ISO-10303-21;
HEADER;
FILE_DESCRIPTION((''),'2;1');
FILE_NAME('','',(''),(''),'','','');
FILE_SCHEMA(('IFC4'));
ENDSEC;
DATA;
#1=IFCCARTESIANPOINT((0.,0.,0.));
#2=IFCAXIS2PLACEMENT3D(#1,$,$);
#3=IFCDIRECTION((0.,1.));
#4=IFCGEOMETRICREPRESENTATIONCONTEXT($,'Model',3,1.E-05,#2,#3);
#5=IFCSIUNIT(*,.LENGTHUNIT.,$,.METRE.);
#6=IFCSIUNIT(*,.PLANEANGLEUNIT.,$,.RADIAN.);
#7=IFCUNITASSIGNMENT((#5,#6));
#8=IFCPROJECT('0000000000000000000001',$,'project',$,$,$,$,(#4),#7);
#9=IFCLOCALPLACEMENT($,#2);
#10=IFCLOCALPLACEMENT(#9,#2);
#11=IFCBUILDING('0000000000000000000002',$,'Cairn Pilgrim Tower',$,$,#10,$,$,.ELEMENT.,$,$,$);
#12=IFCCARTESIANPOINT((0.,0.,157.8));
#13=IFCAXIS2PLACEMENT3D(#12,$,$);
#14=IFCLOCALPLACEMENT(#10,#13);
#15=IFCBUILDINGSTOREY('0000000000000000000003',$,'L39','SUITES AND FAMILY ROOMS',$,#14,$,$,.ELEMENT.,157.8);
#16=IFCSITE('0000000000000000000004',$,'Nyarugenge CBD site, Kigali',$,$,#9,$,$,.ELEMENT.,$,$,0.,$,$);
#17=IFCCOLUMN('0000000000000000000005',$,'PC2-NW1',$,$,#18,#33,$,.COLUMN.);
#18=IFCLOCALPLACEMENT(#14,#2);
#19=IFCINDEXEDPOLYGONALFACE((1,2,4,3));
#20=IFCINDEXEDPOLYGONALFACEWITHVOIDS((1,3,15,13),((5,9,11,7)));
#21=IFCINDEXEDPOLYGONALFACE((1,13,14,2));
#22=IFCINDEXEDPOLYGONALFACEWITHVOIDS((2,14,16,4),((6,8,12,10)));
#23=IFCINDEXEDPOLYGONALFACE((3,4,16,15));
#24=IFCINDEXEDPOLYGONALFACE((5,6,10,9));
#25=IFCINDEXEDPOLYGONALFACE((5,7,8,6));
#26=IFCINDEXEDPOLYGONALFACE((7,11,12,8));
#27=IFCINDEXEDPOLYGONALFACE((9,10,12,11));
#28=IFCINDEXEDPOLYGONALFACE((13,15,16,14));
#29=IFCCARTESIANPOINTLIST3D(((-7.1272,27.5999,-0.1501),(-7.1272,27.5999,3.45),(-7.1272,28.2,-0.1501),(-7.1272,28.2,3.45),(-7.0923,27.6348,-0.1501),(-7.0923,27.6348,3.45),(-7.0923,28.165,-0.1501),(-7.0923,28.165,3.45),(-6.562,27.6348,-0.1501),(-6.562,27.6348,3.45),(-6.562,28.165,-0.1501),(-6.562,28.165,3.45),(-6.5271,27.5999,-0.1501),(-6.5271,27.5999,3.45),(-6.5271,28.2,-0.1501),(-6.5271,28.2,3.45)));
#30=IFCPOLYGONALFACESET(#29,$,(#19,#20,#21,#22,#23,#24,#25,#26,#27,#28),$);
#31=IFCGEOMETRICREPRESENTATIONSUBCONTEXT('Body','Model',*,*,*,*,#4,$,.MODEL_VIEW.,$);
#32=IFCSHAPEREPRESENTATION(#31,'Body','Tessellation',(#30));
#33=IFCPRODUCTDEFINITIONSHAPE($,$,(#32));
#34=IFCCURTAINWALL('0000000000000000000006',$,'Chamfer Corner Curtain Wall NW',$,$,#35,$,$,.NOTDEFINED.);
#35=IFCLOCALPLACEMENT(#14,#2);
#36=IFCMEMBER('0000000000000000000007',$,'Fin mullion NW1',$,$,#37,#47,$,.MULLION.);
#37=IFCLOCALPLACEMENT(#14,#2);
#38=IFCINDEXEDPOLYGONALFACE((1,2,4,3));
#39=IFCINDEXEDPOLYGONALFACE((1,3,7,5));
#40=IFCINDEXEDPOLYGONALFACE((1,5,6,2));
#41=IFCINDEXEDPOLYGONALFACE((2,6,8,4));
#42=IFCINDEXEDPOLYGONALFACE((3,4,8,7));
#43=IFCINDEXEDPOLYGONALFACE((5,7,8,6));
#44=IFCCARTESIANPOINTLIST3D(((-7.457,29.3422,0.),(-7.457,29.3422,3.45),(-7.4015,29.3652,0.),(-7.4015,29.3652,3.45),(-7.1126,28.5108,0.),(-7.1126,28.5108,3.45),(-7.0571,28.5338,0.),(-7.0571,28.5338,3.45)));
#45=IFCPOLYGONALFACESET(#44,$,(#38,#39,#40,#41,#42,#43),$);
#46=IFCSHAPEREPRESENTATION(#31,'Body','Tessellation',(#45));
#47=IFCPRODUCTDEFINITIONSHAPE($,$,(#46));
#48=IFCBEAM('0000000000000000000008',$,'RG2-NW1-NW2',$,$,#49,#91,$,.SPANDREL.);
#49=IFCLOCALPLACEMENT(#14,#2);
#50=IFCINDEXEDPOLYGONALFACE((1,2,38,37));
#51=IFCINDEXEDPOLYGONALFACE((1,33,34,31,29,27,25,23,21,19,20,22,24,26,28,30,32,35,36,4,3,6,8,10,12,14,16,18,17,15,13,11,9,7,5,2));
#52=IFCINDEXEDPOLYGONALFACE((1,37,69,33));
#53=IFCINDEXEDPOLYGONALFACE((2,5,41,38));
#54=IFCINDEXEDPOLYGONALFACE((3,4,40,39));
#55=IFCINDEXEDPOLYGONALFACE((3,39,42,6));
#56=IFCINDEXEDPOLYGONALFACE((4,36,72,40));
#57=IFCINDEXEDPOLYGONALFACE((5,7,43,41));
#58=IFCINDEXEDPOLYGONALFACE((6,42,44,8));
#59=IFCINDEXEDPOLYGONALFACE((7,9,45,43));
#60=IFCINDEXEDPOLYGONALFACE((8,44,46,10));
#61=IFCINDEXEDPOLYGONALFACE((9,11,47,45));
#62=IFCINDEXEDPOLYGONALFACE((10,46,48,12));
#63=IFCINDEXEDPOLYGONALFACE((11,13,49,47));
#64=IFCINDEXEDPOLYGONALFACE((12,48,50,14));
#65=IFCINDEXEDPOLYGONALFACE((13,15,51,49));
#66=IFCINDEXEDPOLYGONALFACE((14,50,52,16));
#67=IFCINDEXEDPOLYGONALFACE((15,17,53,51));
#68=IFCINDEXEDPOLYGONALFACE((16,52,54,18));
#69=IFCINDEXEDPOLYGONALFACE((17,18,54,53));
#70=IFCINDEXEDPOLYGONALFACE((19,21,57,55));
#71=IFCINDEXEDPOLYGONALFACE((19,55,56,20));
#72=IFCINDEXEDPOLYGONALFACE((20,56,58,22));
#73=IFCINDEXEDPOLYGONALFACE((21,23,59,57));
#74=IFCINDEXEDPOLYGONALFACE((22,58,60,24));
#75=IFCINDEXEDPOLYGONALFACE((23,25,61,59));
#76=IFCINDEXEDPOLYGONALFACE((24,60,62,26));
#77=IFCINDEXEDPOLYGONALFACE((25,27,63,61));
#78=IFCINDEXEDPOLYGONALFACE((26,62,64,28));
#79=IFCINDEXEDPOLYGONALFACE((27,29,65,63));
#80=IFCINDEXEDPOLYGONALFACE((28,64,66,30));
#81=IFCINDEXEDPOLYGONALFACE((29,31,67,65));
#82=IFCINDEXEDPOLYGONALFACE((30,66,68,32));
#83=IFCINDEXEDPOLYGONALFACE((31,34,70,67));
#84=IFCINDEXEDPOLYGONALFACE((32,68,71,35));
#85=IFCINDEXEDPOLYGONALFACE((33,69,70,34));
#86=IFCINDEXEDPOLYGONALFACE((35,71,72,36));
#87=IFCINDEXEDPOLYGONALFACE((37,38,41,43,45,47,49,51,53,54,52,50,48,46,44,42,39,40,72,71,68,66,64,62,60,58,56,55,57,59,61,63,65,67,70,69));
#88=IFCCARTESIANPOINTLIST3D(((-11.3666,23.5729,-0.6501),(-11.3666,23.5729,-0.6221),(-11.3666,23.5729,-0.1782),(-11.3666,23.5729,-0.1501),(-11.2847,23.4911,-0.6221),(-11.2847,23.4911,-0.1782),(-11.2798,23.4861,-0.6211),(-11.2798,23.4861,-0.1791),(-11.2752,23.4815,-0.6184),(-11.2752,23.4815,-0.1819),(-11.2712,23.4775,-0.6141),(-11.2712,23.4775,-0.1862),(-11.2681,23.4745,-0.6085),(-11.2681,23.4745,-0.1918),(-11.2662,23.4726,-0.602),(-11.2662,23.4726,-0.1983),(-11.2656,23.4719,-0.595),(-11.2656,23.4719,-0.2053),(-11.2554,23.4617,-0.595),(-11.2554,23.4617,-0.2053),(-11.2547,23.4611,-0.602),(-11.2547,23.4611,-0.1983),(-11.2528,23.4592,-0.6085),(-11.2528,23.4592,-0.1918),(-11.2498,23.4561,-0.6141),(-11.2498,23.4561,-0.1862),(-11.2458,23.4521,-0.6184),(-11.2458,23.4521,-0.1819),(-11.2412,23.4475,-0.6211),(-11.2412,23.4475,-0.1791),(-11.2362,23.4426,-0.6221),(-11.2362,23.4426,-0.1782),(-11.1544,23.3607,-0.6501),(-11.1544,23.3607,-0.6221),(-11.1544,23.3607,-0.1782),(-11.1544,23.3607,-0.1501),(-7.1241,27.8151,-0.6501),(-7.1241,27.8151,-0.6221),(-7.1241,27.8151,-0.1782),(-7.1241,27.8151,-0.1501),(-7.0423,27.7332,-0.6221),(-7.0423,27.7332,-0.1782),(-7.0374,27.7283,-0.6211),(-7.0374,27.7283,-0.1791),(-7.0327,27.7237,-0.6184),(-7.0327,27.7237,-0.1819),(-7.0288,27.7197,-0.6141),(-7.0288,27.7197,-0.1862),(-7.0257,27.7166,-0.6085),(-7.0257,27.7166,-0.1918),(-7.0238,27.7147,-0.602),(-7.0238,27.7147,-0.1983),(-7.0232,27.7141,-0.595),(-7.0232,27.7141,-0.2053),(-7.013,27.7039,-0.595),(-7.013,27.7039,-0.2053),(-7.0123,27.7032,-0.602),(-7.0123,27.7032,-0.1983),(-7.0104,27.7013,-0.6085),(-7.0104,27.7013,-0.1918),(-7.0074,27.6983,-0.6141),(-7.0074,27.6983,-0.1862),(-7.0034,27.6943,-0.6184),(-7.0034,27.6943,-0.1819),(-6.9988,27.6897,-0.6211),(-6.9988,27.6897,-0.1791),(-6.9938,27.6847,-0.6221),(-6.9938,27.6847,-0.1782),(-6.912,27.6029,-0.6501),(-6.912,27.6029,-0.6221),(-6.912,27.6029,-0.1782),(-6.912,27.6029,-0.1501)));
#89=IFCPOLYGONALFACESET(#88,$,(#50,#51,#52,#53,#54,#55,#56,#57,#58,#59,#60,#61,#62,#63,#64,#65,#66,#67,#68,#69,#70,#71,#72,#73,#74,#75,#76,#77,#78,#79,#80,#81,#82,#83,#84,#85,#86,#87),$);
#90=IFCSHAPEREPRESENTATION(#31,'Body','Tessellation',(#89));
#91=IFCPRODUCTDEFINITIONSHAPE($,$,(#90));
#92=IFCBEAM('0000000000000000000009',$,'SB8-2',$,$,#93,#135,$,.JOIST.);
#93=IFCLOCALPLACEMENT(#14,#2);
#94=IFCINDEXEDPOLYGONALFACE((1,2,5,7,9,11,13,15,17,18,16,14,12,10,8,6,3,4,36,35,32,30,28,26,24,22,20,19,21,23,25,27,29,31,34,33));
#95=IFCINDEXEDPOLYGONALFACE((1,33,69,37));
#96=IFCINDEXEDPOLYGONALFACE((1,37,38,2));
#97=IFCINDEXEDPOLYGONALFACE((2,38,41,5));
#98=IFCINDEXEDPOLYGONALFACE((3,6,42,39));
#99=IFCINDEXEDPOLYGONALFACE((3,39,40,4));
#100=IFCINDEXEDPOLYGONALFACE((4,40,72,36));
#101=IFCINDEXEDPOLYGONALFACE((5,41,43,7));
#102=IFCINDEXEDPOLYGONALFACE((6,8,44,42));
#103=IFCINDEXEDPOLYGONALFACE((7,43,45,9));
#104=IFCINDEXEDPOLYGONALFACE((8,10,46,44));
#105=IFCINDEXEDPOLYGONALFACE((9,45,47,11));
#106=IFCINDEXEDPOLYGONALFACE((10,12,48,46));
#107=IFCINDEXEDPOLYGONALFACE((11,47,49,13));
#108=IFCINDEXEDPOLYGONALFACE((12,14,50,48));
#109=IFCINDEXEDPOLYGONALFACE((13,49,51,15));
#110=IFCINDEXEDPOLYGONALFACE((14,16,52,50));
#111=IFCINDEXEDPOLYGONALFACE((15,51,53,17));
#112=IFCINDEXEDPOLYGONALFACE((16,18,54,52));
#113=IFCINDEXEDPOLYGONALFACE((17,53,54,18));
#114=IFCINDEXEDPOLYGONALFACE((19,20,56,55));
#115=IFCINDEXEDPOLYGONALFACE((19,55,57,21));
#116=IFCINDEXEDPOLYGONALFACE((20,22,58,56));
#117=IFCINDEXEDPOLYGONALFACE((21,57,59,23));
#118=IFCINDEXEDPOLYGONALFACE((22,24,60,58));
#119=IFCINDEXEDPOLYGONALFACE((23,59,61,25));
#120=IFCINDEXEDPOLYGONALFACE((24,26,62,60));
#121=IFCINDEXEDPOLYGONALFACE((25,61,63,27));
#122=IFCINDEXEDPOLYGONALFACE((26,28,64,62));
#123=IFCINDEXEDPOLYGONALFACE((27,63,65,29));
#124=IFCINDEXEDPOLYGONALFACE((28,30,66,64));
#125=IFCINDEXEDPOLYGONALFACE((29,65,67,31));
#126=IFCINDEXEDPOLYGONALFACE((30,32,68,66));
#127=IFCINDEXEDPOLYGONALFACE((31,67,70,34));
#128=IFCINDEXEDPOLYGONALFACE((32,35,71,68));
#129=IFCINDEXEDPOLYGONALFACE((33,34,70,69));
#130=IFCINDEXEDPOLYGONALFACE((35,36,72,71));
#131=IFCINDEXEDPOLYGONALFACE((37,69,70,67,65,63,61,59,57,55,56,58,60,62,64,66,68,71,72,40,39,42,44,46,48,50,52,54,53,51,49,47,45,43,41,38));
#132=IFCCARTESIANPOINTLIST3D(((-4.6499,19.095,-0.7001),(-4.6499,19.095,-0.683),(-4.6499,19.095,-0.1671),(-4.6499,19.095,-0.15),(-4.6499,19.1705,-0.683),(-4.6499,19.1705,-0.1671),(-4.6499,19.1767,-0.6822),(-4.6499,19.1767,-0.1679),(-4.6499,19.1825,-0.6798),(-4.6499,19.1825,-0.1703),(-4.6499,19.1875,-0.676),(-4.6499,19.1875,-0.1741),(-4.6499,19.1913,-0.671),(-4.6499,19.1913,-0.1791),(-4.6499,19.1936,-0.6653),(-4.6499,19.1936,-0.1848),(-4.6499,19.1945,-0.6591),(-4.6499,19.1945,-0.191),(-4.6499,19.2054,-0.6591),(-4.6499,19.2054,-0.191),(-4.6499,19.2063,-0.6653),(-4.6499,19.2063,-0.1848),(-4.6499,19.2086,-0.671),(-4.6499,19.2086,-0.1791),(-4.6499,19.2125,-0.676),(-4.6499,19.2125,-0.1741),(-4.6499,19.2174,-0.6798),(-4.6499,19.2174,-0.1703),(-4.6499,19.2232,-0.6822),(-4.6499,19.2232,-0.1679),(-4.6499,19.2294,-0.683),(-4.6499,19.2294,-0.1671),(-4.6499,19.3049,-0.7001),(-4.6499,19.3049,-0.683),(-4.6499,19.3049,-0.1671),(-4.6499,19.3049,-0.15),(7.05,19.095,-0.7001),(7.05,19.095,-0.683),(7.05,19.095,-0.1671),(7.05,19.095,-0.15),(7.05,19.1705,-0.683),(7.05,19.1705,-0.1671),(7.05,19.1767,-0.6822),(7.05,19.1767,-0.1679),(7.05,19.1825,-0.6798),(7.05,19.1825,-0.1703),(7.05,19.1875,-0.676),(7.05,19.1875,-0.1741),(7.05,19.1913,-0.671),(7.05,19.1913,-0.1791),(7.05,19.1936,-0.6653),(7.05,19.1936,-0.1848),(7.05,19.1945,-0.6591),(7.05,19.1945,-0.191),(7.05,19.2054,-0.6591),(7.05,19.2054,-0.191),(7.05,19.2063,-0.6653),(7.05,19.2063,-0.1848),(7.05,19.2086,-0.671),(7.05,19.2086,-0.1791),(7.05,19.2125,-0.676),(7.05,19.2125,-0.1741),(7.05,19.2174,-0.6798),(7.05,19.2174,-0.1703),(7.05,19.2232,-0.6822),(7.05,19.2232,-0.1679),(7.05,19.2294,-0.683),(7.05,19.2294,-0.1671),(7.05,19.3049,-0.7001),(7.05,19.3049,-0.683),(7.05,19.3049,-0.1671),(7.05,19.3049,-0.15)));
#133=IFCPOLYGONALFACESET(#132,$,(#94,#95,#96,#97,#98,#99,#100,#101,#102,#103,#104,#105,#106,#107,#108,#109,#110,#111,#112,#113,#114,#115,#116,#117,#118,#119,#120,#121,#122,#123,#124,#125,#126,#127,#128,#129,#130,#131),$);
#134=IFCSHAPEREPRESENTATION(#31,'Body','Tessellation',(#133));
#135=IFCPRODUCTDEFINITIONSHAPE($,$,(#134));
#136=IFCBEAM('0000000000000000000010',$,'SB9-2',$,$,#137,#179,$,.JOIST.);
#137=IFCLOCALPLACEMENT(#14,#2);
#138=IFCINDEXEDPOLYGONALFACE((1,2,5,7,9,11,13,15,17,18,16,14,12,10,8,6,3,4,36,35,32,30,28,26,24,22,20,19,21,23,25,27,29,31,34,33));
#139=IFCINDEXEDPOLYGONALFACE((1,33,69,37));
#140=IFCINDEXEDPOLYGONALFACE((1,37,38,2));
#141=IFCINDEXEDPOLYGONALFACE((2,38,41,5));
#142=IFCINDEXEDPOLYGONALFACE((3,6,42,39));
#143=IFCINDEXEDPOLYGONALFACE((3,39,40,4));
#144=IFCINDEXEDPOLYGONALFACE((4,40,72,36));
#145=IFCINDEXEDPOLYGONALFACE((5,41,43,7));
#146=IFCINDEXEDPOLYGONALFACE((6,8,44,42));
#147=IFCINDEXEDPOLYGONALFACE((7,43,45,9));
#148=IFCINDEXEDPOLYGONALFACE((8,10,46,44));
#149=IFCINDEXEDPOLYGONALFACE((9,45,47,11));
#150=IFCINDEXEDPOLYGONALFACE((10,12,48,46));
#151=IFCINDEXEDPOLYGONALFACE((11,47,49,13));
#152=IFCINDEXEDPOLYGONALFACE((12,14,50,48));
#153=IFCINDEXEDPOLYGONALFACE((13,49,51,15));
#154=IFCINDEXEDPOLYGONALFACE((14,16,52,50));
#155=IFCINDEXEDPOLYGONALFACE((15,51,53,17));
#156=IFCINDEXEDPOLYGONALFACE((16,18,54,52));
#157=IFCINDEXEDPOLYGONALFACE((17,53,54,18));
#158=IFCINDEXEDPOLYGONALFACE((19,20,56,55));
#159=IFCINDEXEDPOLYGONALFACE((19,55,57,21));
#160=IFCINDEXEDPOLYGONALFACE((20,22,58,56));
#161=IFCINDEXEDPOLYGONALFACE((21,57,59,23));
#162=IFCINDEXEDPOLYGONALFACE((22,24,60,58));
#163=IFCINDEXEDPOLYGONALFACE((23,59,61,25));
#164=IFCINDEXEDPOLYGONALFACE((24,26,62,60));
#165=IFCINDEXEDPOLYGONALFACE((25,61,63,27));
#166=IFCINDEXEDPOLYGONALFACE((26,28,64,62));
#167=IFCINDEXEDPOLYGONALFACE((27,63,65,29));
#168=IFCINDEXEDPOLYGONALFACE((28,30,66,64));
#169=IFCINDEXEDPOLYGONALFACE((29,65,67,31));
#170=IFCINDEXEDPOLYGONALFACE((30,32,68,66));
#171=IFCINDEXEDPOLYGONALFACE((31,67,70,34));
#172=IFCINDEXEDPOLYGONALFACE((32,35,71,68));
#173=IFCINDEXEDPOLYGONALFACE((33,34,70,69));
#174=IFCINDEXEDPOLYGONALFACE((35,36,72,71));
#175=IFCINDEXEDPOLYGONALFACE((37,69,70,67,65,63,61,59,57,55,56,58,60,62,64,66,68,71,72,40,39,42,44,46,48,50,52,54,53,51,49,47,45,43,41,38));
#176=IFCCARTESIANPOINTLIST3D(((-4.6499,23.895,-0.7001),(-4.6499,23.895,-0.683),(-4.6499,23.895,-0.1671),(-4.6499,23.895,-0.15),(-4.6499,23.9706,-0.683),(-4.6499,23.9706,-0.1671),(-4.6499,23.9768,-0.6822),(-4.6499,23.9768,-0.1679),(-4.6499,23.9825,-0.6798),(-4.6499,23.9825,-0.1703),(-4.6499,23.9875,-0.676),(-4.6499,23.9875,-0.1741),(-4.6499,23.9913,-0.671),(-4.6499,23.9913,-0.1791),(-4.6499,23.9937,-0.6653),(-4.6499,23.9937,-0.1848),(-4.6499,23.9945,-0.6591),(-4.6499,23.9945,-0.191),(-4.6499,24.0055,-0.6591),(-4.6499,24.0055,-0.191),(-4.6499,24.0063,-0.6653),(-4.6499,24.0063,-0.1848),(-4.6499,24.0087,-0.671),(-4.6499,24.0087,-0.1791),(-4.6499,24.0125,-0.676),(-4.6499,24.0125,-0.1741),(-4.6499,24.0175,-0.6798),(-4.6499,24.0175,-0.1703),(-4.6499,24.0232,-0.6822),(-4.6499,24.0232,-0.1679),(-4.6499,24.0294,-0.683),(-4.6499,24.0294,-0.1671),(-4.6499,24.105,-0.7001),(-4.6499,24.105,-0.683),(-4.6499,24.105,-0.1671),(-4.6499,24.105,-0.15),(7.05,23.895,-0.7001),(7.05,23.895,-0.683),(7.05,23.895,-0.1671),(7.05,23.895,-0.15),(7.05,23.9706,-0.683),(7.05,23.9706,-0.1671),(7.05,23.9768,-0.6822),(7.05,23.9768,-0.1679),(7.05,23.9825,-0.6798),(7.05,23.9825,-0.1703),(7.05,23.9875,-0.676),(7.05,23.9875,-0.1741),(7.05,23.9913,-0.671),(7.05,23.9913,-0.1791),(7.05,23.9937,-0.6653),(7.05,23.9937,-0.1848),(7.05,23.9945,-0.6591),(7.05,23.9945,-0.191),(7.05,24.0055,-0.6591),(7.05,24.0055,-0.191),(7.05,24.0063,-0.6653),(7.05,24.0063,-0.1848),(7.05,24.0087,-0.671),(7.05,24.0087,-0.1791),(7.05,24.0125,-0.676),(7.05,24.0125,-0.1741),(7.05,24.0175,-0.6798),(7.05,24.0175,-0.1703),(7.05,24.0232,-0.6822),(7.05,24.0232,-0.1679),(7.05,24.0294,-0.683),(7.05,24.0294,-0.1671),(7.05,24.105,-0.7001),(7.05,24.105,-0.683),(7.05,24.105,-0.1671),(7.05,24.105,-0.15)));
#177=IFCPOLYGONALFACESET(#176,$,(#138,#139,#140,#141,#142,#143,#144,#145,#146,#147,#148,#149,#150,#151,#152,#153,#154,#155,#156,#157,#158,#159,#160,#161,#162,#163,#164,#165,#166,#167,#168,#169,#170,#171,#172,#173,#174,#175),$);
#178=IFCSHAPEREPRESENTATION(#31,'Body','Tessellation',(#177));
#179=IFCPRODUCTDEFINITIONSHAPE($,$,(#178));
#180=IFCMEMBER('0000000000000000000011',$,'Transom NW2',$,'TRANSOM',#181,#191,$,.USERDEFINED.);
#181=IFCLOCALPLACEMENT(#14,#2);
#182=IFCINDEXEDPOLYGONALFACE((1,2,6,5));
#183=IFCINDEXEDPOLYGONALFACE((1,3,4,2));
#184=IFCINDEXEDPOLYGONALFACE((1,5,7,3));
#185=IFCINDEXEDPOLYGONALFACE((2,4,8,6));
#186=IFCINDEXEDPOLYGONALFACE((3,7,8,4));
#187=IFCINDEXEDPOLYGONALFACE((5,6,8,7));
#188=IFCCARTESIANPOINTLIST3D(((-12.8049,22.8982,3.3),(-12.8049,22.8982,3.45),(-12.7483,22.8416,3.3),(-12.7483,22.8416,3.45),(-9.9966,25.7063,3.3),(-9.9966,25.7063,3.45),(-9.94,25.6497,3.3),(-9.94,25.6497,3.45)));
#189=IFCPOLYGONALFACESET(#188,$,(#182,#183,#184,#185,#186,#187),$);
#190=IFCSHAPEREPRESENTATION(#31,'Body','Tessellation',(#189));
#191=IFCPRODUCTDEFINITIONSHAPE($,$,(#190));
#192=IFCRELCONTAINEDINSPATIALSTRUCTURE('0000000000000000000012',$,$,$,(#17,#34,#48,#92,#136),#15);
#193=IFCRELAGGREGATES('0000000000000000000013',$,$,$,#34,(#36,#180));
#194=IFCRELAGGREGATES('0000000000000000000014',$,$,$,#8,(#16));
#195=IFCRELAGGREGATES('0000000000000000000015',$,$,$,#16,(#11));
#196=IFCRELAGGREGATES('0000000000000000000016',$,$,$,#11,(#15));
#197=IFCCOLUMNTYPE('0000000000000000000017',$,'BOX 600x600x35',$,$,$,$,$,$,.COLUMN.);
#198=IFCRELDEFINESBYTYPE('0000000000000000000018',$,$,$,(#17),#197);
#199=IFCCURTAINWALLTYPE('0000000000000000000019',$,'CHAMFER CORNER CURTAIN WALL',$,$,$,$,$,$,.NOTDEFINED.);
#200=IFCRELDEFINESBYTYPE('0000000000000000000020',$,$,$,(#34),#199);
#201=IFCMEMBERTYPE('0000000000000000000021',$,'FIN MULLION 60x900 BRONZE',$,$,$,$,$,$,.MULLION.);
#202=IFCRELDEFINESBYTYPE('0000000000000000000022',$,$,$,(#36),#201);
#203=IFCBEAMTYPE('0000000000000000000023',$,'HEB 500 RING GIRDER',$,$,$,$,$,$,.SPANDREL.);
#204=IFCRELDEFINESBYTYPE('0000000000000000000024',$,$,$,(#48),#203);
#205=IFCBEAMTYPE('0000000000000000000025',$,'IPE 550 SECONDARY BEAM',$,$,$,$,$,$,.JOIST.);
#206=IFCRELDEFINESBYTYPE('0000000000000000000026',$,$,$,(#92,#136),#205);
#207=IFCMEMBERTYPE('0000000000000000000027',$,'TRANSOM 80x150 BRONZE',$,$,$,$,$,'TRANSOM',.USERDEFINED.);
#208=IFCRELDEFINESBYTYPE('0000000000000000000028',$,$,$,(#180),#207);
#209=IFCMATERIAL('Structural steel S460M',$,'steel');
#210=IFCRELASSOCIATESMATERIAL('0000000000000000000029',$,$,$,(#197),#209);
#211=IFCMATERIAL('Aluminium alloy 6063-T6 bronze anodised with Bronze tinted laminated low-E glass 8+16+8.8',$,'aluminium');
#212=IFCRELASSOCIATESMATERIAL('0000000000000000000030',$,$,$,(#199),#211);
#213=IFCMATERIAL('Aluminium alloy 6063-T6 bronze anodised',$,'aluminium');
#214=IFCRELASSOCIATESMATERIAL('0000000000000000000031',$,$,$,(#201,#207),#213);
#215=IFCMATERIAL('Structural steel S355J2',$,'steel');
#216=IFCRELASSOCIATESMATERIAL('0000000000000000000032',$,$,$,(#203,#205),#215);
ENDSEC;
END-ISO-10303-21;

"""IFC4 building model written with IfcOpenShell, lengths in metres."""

from ifc_helpers import new_model, si_unit, direction, frame, origin, origin_2d, place, context, subcontext, project, spatial, rectangle, hollow_rectangle, i_section, extrude, material, material_profile, profile_set, type_object, element, aggregate, save


model = new_model("IFC4")

# Units and contexts
model_context = context("Model", 3, precision=1e-05, world=origin(), true_north=direction((0.0, 1.0)))
body_context = subcontext(model_context, "Body", "Model", "MODEL_VIEW")
ifc_project = project(units=[si_unit("LENGTHUNIT", "METRE"), si_unit("PLANEANGLEUNIT", "RADIAN")], contexts=[model_context])

# Site, building, storey
site_placement = place(None, origin())
site = spatial("IfcSite", under=ifc_project, at=site_placement, Name="Nyarugenge CBD site, Kigali", CompositionType="ELEMENT", RefElevation=0.0)
building_placement = place(site_placement, origin())
building = spatial("IfcBuilding", under=site, at=building_placement, Name="Cairn Pilgrim Tower", CompositionType="ELEMENT")
storey_placement = place(building_placement, frame((0.0, 0.0, 157.8)))
storey = spatial("IfcBuildingStorey", under=building, at=storey_placement, Name="L39", Description="SUITES AND FAMILY ROOMS", CompositionType="ELEMENT", Elevation=157.8)

# Column
ifc_material_1 = material(Name="Structural steel S460M", Category="steel")
ifc_material_profile_1 = material_profile(ifc_material_1, hollow_rectangle(XDim=0.6001, YDim=0.6001, WallThickness=0.0349, at=origin_2d()), Name="BOX 600x600x35")
ifc_profile_set_1 = profile_set([ifc_material_profile_1], Name="Structural steel S460M")
column_type = type_object("IfcColumnType", Name="BOX 600x600x35", PredefinedType="COLUMN", material=ifc_profile_set_1)
column_placement = place(storey_placement, frame((-6.8271, 27.8999, -0.1501), z_axis=(0.0, 0.0, 1.0), x_axis=(1.0, 0.0, 0.0)))
element("IfcColumn", 1, at=column_placement, inside=storey, type_object=column_type, Name="PC2-NW1", PredefinedType="COLUMN", context=body_context, shape_type="SweptSolid", body=[
    extrude(hollow_rectangle(XDim=0.6001, YDim=0.6001, WallThickness=0.0349, at=origin_2d()), origin(), (0.0, 0.0, 1.0), 3.6001),
])

# Curtain wall, member
ifc_material_2 = material(Name="Aluminium alloy 6063-T6 bronze anodised with Bronze tinted laminated low-E glass 8+16+8.8", Category="aluminium")
curtain_wall_type_1 = type_object("IfcCurtainWallType", Name="CHAMFER CORNER CURTAIN WALL", PredefinedType="NOTDEFINED", material=ifc_material_2)
curtain_wall_1_placement = place(storey_placement, origin())
curtain_wall_1 = element("IfcCurtainWall", 2, at=curtain_wall_1_placement, inside=storey, type_object=curtain_wall_type_1, Name="Chamfer Corner Curtain Wall NW", PredefinedType="NOTDEFINED")
ifc_material_3 = material(Name="Aluminium alloy 6063-T6 bronze anodised", Category="aluminium")
ifc_material_profile_2 = material_profile(ifc_material_3, rectangle(XDim=0.8999, YDim=0.0601, at=origin_2d()), Name="FIN MULLION 60x900 BRONZE")
ifc_profile_set_2 = profile_set([ifc_material_profile_2], Name="Aluminium alloy 6063-T6 bronze anodised")
member_type_1 = type_object("IfcMemberType", Name="FIN MULLION 60x900 BRONZE", PredefinedType="MULLION", material=ifc_profile_set_2)
member_1_placement = place(storey_placement, frame((-7.2571, 28.938, 0.0), z_axis=(0.0, 0.0, 1.0), x_axis=(-0.382683, 0.92388, 0.0)))
member_1 = element("IfcMember", 3, at=member_1_placement, type_object=member_type_1, Name="Fin mullion NW1", PredefinedType="MULLION", context=body_context, shape_type="SweptSolid", body=[
    extrude(rectangle(XDim=0.8999, YDim=0.0601, at=origin_2d()), origin(), (0.0, 0.0, 1.0), 3.45),
])

# Beams
ifc_material_4 = material(Name="Structural steel S355J2", Category="steel")
ifc_material_profile_3 = material_profile(ifc_material_4, i_section(OverallWidth=0.3, OverallDepth=0.5, WebThickness=0.0144, FlangeThickness=0.0281, FilletRadius=0.0271, at=origin_2d()), Name="HEB 500")
ifc_profile_set_3 = profile_set([ifc_material_profile_3], Name="Structural steel S355J2")
beam_type_1 = type_object("IfcBeamType", Name="HEB 500 RING GIRDER", PredefinedType="SPANDREL", material=ifc_profile_set_3)
beam_placement = place(storey_placement, frame((-7.0181, 27.709, -0.4001), z_axis=(-0.707127, -0.707086, 0.0), x_axis=(0.707086, -0.707127, 0.0)))
element("IfcBeam", 4, at=beam_placement, inside=storey, type_object=beam_type_1, Name="RG2-NW1-NW2", PredefinedType="SPANDREL", context=body_context, shape_type="SweptSolid", body=[
    extrude(i_section(OverallWidth=0.3, OverallDepth=0.5, WebThickness=0.0144, FlangeThickness=0.0281, FilletRadius=0.0271, at=origin_2d()), origin(), (0.0, 0.0, 1.0), 5.9995),
])
ifc_material_profile_4 = material_profile(ifc_material_4, i_section(OverallWidth=0.21, OverallDepth=0.55, WebThickness=0.011, FlangeThickness=0.0171, FilletRadius=0.0239, at=origin_2d()), Name="IPE 550")
ifc_profile_set_4 = profile_set([ifc_material_profile_4], Name="Structural steel S355J2")
beam_type_2 = type_object("IfcBeamType", Name="IPE 550 SECONDARY BEAM", PredefinedType="JOIST", material=ifc_profile_set_4)
for number, where, z_axis, x_axis, name in (
    (5, (-4.6499, 19.2, -0.425), (1.0, 0.0, 0.0), (0.0, 1.0, 0.0), "SB8-2"),
    (6, (-4.6499, 24.0, -0.425), (1.0, 0.0, 0.0), (0.0, 1.0, 0.0), "SB9-2"),
):
    element("IfcBeam", number, at=place(storey_placement, frame(where, z_axis=z_axis, x_axis=x_axis)), inside=storey, type_object=beam_type_2, Name=name, PredefinedType="JOIST", context=body_context, shape_type="SweptSolid", body=[
        extrude(i_section(OverallWidth=0.21, OverallDepth=0.55, WebThickness=0.011, FlangeThickness=0.0171, FilletRadius=0.0239, at=origin_2d()), origin(), (0.0, 0.0, 1.0), 11.7),
    ])

# Member
ifc_material_profile_5 = material_profile(ifc_material_3, rectangle(XDim=0.0801, YDim=0.1499, at=origin_2d()), Name="TRANSOM 80x150 BRONZE")
ifc_profile_set_5 = profile_set([ifc_material_profile_5], Name="Aluminium alloy 6063-T6 bronze anodised")
member_type_2 = type_object("IfcMemberType", Name="TRANSOM 80x150 BRONZE", ElementType="TRANSOM", PredefinedType="USERDEFINED", material=ifc_profile_set_5)
member_2_placement = place(storey_placement, frame((-9.9683, 25.678, 3.375), z_axis=(-0.707138, -0.707076, 0.0), x_axis=(0.707076, -0.707138, 0.0)))
member_2 = element("IfcMember", 7, at=member_2_placement, type_object=member_type_2, Name="Transom NW2", ObjectType="TRANSOM", PredefinedType="USERDEFINED", context=body_context, shape_type="SweptSolid", body=[
    extrude(rectangle(XDim=0.0801, YDim=0.1499, at=origin_2d()), origin(), (0.0, 0.0, 1.0), 3.9714),
])
aggregate(curtain_wall_1, [member_1, member_2])

save(model, "model.ifc")
